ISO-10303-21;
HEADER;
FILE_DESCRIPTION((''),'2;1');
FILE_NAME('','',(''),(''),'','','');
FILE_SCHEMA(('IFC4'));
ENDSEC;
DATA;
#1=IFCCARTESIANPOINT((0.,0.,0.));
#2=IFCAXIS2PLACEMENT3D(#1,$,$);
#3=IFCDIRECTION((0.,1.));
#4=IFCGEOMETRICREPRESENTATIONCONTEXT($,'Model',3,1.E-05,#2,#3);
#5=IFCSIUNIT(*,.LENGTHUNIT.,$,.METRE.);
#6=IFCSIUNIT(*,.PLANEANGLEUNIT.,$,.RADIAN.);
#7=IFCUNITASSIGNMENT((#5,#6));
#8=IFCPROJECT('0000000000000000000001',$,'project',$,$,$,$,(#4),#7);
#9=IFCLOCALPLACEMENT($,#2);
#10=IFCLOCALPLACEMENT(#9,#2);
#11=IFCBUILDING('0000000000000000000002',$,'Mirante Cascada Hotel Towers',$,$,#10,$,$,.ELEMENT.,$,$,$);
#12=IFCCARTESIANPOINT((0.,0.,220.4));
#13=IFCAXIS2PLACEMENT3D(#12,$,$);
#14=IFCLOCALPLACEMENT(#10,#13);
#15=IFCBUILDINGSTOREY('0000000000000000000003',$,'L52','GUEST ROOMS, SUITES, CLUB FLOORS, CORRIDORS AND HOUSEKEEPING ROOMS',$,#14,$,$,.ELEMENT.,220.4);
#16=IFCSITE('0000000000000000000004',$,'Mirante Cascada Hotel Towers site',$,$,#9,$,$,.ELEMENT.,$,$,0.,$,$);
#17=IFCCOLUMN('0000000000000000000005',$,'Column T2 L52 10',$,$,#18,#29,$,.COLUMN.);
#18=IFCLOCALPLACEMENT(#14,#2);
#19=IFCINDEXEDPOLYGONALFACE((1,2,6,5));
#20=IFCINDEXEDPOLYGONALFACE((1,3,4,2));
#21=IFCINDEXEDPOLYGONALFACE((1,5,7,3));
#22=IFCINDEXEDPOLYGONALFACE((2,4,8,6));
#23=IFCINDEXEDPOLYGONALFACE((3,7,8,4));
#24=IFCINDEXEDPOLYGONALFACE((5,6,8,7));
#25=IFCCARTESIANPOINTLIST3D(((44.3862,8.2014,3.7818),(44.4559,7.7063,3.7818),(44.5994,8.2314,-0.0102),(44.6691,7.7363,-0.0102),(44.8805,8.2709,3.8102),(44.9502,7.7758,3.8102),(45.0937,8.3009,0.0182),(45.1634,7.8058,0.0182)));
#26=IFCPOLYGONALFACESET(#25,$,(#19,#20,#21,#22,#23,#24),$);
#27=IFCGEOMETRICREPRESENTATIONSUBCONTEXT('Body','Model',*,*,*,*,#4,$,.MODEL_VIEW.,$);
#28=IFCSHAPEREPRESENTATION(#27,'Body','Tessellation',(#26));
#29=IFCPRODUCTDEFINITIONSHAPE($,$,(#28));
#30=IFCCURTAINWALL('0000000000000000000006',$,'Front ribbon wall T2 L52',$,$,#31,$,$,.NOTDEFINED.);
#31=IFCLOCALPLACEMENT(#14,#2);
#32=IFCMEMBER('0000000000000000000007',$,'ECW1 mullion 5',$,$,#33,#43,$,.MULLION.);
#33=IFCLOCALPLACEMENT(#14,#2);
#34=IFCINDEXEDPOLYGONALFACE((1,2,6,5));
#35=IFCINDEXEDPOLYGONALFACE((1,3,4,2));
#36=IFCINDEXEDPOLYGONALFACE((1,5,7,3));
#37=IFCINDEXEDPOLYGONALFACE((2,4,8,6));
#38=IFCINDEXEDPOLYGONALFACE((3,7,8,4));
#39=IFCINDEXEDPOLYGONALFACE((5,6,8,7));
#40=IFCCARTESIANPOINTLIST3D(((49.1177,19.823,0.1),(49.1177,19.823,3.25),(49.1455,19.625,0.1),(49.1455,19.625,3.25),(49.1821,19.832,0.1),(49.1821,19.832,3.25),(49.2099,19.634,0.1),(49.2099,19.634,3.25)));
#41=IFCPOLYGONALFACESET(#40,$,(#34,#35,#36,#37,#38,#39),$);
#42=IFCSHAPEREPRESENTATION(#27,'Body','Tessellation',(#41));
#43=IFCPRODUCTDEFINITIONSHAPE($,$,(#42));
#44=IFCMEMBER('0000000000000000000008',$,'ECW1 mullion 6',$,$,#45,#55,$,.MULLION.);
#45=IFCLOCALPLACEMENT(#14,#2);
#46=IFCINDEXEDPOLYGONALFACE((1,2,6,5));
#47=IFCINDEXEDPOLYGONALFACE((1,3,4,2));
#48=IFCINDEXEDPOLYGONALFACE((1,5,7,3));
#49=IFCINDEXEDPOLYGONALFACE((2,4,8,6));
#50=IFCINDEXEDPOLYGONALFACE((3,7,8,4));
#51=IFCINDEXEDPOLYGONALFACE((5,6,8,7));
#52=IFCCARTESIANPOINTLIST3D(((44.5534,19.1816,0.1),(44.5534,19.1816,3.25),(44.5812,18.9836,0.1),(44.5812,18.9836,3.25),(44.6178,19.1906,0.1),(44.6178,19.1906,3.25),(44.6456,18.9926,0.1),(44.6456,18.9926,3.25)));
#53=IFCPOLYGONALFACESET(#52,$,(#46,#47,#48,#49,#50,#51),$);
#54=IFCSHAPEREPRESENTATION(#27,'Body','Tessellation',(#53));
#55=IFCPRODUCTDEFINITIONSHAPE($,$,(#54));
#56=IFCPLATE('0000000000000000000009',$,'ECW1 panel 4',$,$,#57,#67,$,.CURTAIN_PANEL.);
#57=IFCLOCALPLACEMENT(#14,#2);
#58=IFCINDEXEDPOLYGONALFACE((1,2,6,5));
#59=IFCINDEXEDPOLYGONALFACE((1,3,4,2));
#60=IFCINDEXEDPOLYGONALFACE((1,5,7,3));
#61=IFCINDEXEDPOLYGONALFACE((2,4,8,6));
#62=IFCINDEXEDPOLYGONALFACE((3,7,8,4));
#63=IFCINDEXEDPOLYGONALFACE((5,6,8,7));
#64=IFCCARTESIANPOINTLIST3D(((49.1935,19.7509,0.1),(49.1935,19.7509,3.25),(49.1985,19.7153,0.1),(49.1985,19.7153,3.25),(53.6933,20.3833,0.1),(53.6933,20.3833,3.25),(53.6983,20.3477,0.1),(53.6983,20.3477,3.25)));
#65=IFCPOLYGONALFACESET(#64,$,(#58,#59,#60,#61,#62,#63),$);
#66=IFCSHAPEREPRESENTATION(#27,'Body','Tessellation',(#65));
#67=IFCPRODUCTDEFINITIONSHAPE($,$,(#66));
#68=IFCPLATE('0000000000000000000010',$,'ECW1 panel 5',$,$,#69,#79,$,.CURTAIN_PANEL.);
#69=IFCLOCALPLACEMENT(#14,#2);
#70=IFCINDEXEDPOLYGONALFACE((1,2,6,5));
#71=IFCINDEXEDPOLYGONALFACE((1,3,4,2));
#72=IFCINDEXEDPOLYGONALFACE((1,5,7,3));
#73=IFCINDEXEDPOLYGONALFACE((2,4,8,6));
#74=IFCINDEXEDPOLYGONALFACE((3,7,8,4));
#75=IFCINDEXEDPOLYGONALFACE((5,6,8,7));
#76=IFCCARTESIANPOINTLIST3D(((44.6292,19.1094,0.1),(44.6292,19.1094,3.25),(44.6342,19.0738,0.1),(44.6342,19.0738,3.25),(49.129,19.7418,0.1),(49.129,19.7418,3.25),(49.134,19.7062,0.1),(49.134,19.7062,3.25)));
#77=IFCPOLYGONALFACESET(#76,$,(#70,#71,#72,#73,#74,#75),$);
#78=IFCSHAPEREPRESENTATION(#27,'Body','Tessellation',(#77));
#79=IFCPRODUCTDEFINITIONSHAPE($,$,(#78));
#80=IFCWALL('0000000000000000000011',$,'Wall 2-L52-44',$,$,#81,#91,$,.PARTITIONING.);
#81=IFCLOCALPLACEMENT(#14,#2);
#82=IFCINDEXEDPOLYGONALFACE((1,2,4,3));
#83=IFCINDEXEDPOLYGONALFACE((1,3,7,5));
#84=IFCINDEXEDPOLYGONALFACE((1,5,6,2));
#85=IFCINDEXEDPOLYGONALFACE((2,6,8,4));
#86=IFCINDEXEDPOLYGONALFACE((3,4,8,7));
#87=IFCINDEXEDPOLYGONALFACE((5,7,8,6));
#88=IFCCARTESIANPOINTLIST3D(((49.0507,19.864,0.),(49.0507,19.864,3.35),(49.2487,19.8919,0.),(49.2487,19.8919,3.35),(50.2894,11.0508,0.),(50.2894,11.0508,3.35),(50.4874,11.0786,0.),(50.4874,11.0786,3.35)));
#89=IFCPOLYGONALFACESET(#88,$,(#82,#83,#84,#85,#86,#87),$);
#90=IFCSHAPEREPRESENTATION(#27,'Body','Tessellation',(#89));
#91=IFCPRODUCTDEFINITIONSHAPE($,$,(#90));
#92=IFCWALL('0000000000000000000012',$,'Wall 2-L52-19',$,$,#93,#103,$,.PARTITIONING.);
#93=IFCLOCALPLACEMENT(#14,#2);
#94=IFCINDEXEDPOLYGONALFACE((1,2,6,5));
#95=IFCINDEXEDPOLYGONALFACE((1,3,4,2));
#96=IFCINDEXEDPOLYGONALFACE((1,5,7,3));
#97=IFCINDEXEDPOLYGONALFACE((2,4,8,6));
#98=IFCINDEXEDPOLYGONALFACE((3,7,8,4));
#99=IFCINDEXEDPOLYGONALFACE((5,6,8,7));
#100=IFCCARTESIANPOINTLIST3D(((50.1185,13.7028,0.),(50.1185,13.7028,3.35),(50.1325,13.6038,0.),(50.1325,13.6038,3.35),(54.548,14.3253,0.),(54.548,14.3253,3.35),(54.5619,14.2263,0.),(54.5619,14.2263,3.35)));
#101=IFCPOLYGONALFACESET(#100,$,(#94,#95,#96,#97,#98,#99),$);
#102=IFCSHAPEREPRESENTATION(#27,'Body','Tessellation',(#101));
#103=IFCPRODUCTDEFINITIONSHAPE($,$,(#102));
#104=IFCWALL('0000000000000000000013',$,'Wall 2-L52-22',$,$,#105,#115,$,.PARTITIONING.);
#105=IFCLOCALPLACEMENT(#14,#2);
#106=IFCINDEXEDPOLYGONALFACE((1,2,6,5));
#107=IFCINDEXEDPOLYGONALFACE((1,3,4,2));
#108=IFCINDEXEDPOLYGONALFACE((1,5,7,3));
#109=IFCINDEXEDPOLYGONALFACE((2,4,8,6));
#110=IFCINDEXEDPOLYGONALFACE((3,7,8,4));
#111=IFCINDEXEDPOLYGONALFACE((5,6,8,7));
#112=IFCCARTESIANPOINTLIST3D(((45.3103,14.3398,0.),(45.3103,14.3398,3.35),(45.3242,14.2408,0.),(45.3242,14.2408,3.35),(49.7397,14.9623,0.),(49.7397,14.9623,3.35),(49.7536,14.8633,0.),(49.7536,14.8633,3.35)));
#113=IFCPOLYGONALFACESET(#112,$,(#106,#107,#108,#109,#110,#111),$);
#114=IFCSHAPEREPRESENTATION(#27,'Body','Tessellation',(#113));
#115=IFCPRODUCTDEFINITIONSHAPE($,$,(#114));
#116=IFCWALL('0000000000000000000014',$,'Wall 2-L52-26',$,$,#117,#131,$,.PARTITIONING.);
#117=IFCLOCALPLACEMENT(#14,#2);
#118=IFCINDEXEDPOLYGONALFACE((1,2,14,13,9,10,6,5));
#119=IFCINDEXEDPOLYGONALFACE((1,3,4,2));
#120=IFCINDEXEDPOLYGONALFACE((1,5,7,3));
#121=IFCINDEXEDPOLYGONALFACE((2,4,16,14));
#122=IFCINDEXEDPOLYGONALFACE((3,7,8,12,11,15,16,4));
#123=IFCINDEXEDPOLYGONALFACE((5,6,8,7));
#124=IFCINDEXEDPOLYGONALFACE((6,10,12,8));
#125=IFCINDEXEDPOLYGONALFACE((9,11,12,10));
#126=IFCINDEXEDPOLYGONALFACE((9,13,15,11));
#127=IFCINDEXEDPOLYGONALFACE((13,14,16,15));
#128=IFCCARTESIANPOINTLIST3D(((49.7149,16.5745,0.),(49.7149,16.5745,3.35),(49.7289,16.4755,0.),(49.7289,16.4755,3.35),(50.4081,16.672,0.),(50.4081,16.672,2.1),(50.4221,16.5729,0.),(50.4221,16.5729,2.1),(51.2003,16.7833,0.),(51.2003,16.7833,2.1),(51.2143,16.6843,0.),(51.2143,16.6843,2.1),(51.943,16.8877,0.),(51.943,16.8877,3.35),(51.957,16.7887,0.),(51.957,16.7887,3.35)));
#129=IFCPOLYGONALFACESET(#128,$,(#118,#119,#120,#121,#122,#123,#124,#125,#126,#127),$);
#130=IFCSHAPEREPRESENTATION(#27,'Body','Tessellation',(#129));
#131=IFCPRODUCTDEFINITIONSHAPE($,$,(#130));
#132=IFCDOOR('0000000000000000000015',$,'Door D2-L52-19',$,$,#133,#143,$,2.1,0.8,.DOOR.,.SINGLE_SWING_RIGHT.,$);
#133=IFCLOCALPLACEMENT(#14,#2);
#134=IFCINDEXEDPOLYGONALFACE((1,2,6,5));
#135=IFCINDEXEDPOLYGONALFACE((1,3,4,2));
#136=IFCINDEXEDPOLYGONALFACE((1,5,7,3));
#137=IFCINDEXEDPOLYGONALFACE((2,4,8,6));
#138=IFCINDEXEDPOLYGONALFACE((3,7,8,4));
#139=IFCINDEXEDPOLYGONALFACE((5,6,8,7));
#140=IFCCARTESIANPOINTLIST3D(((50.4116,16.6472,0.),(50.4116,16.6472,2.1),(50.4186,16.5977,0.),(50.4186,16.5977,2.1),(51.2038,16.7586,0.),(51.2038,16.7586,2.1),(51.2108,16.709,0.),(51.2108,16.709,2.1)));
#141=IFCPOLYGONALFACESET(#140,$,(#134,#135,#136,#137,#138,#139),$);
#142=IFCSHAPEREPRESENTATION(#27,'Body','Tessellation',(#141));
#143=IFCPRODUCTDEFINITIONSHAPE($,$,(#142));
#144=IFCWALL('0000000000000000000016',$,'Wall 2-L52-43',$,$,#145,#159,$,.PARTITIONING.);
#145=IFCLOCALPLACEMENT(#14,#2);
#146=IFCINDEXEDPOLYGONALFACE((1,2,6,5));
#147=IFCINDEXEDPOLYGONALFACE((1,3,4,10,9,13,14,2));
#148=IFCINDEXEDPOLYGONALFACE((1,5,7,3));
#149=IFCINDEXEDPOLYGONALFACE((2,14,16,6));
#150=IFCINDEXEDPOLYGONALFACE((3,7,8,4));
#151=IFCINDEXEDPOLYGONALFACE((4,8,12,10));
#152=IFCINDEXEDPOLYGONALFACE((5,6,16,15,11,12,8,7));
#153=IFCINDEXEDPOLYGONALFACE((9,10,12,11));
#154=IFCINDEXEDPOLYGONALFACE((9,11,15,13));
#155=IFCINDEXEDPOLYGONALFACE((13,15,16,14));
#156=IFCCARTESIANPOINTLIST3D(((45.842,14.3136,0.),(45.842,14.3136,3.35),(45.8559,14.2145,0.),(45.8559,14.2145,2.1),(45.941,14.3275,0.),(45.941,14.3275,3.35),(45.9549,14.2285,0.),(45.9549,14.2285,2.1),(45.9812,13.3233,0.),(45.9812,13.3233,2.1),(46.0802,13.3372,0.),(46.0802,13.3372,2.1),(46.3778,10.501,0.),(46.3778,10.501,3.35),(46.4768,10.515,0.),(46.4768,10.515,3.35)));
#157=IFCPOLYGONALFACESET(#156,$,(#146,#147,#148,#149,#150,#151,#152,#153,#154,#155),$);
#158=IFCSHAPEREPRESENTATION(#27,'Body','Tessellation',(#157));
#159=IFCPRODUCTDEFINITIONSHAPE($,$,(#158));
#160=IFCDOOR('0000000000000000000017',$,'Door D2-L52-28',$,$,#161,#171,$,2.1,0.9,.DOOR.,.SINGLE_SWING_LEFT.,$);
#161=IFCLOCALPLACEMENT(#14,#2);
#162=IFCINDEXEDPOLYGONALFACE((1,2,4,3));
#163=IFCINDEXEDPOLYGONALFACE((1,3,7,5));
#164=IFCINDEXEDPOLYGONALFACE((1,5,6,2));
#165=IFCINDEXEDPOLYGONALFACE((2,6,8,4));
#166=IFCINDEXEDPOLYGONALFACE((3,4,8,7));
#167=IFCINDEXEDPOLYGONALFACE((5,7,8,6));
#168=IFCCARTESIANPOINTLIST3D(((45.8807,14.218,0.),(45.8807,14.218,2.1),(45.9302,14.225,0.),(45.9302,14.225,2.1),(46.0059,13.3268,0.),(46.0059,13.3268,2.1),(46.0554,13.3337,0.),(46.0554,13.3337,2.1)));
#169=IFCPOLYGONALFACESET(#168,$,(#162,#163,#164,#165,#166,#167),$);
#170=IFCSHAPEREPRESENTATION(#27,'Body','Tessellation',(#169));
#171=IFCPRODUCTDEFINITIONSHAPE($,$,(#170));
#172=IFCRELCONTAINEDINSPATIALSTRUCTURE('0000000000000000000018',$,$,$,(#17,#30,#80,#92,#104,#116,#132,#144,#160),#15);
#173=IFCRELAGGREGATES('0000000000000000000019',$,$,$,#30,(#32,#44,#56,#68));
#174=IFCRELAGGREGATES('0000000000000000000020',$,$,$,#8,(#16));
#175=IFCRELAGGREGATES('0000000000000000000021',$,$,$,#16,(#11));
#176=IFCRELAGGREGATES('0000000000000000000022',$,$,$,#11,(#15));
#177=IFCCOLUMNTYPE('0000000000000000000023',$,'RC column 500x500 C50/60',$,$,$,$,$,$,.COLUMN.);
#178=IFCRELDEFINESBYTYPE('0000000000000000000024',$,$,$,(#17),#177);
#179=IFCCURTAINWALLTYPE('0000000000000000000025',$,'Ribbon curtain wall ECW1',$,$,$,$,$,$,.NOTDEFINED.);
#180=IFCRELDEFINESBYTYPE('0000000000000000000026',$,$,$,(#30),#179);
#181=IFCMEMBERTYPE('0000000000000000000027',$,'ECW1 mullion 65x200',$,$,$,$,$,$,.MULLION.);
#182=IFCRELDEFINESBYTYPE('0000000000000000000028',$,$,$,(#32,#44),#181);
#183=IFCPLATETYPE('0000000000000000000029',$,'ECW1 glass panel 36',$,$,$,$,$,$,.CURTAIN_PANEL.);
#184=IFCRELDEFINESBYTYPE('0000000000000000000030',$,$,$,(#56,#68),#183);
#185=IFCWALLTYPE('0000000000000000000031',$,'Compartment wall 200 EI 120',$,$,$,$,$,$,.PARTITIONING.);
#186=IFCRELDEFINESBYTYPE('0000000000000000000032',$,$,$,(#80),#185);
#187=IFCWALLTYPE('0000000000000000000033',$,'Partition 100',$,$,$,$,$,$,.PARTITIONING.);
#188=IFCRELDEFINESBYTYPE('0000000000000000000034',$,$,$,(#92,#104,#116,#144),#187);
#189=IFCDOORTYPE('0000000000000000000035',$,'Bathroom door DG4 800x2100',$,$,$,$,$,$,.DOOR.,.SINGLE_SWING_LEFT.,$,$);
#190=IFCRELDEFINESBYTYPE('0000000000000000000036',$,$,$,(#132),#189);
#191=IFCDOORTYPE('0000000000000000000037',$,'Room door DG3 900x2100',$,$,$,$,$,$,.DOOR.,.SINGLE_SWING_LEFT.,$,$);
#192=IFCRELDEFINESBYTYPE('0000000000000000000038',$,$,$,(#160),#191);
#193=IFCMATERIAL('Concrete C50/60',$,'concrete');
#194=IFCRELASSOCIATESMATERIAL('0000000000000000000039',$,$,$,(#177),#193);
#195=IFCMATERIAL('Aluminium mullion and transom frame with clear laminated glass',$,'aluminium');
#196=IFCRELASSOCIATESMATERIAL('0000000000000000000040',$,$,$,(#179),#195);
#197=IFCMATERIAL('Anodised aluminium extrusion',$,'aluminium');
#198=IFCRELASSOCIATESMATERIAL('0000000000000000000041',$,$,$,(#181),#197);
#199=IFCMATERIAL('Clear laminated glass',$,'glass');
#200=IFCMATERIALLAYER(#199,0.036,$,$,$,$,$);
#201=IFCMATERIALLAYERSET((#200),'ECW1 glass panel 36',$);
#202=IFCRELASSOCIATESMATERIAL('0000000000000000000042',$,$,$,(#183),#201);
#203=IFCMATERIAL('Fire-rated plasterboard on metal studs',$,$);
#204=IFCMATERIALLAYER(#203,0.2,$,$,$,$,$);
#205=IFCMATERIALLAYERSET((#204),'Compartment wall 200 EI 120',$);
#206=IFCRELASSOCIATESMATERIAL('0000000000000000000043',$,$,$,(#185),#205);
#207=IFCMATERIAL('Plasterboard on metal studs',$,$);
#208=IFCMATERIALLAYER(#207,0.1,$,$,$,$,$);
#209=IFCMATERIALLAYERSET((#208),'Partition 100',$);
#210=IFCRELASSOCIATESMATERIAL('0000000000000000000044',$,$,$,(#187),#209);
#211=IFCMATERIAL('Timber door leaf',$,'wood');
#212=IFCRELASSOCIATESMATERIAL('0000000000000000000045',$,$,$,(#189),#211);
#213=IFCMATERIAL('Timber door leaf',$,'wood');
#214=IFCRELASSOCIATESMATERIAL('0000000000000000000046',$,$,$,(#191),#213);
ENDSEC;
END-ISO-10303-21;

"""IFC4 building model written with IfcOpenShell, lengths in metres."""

from ifc_helpers import new_model, si_unit, direction, frame, frame_2d, origin, origin_2d, place, context, subcontext, project, spatial, rectangle, extrude, material, layer, layer_set, material_profile, profile_set, type_object, element, fill, aggregate, save


model = new_model("IFC4")

# Units and contexts
model_context = context("Model", 3, precision=1e-05, world=origin(), true_north=direction((0.0, 1.0)))
body_context = subcontext(model_context, "Body", "Model", "MODEL_VIEW")
ifc_project = project(units=[si_unit("LENGTHUNIT", "METRE"), si_unit("PLANEANGLEUNIT", "RADIAN")], contexts=[model_context])

# Site, building, storey
site_placement = place(None, origin())
site = spatial("IfcSite", under=ifc_project, at=site_placement, Name="Mirante Cascada Hotel Towers site", CompositionType="ELEMENT", RefElevation=0.0)
building_placement = place(site_placement, origin())
building = spatial("IfcBuilding", under=site, at=building_placement, Name="Mirante Cascada Hotel Towers", CompositionType="ELEMENT")
storey_placement = place(building_placement, frame((0.0, 0.0, 220.4)))
storey = spatial("IfcBuildingStorey", under=building, at=storey_placement, Name="L52", Description="GUEST ROOMS, SUITES, CLUB FLOORS, CORRIDORS AND HOUSEKEEPING ROOMS", CompositionType="ELEMENT", Elevation=220.4)

# Column
ifc_material_1 = material(Name="Concrete C50/60", Category="concrete")
ifc_material_profile_1 = material_profile(ifc_material_1, rectangle(XDim=0.5, YDim=0.5, at=origin_2d()), Name="RC column 500x500 C50/60")
ifc_profile_set_1 = profile_set([ifc_material_profile_1], Name="Concrete C50/60")
column_type = type_object("IfcColumnType", Name="RC column 500x500 C50/60", PredefinedType="COLUMN", material=ifc_profile_set_1)
column_placement = place(storey_placement, frame((44.8814, 8.0186, 0.004), z_axis=(-0.056133, -0.007899, 0.998392), x_axis=(0.13934, -0.990245, 0.0)))
element("IfcColumn", 1, at=column_placement, inside=storey, type_object=column_type, Name="Column T2 L52 10", PredefinedType="COLUMN", context=body_context, shape_type="SweptSolid", body=[
    extrude(rectangle(XDim=0.5, YDim=0.5, at=origin_2d()), origin(), (0.0, 0.0, 1.0), 3.7981),
])

# Curtain wall, members, plates
ifc_material_2 = material(Name="Aluminium mullion and transom frame with clear laminated glass", Category="aluminium")
curtain_wall_type = type_object("IfcCurtainWallType", Name="Ribbon curtain wall ECW1", PredefinedType="NOTDEFINED", material=ifc_material_2)
curtain_wall_placement = place(storey_placement, origin())
curtain_wall = element("IfcCurtainWall", 2, at=curtain_wall_placement, inside=storey, type_object=curtain_wall_type, Name="Front ribbon wall T2 L52", PredefinedType="NOTDEFINED")
ifc_material_3 = material(Name="Anodised aluminium extrusion", Category="aluminium")
ifc_material_profile_2 = material_profile(ifc_material_3, rectangle(XDim=0.2, YDim=0.065, at=origin_2d()), Name="ECW1 MULLION 65x200")
ifc_profile_set_2 = profile_set([ifc_material_profile_2], Name="Anodised aluminium extrusion")
member_type = type_object("IfcMemberType", Name="ECW1 mullion 65x200", PredefinedType="MULLION", material=ifc_profile_set_2)
member_1_placement = place(storey_placement, frame((49.1638, 19.7285, 0.1), z_axis=(0.0, 0.0, 1.0), x_axis=(0.139173, -0.990268, 0.0)))
member_1 = element("IfcMember", 3, at=member_1_placement, type_object=member_type, Name="ECW1 mullion 5", PredefinedType="MULLION", context=body_context, shape_type="SweptSolid", body=[
    extrude(rectangle(XDim=0.2, YDim=0.065, at=origin_2d()), origin(), (0.0, 0.0, 1.0), 3.15),
])
member_2_placement = place(storey_placement, frame((44.5995, 19.0871, 0.1), z_axis=(0.0, 0.0, 1.0), x_axis=(0.139173, -0.990268, 0.0)))
member_2 = element("IfcMember", 4, at=member_2_placement, type_object=member_type, Name="ECW1 mullion 6", PredefinedType="MULLION", context=body_context, shape_type="SweptSolid", body=[
    extrude(rectangle(XDim=0.2, YDim=0.065, at=origin_2d()), origin(), (0.0, 0.0, 1.0), 3.15),
])
ifc_material_4 = material(Name="Clear laminated glass", Category="glass")
ifc_layer_1 = layer(ifc_material_4, 0.036)
ifc_layer_set_1 = layer_set([ifc_layer_1], Name="ECW1 glass panel 36")
plate_type = type_object("IfcPlateType", Name="ECW1 glass panel 36", PredefinedType="CURTAIN_PANEL", material=ifc_layer_set_1)
plate_1_placement = place(storey_placement, frame((51.4459, 20.0493, 0.1), z_axis=(0.0, 0.0, 1.0), x_axis=(-0.990268, -0.139173, 0.0)))
plate_1 = element("IfcPlate", 5, at=plate_1_placement, type_object=plate_type, Name="ECW1 panel 4", PredefinedType="CURTAIN_PANEL", context=body_context, shape_type="SweptSolid", body=[
    extrude(rectangle(XDim=4.5441, YDim=0.036, at=origin_2d()), origin(), (0.0, 0.0, 1.0), 3.15),
])
plate_2_placement = place(storey_placement, frame((46.8816, 19.4078, 0.1), z_axis=(0.0, 0.0, 1.0), x_axis=(-0.990268, -0.139173, 0.0)))
plate_2 = element("IfcPlate", 6, at=plate_2_placement, type_object=plate_type, Name="ECW1 panel 5", PredefinedType="CURTAIN_PANEL", context=body_context, shape_type="SweptSolid", body=[
    extrude(rectangle(XDim=4.5441, YDim=0.036, at=origin_2d()), origin(), (0.0, 0.0, 1.0), 3.15),
])
aggregate(curtain_wall, [member_1, member_2, plate_1, plate_2])

# Walls
ifc_material_5 = material(Name="Fire-rated plasterboard on metal studs")
ifc_layer_2 = layer(ifc_material_5, 0.2)
ifc_layer_set_2 = layer_set([ifc_layer_2], Name="Compartment wall 200 EI 120")
wall_type_1 = type_object("IfcWallType", Name="Compartment wall 200 EI 120", PredefinedType="PARTITIONING", material=ifc_layer_set_2)
wall_1_placement = place(storey_placement, frame((49.1497, 19.878, 0.0), z_axis=(0.0, 0.0, 1.0), x_axis=(0.139181, -0.990267, 0.0)))
element("IfcWall", 7, at=wall_1_placement, inside=storey, type_object=wall_type_1, Name="Wall 2-L52-44", PredefinedType="PARTITIONING", context=body_context, shape_type="SweptSolid", body=[
    extrude(rectangle(XDim=8.8999, YDim=0.2, at=frame_2d((4.45, 0.0))), origin(), (0.0, 0.0, 1.0), 3.35),
])
ifc_material_6 = material(Name="Plasterboard on metal studs")
ifc_layer_3 = layer(ifc_material_6, 0.1)
ifc_layer_set_3 = layer_set([ifc_layer_3], Name="Partition 100")
wall_type_2 = type_object("IfcWallType", Name="Partition 100", PredefinedType="PARTITIONING", material=ifc_layer_set_3)
wall_2_placement = place(storey_placement, frame((50.1255, 13.6533, 0.0), z_axis=(0.0, 0.0, 1.0), x_axis=(0.990269, 0.139167, 0.0)))
element("IfcWall", 8, at=wall_2_placement, inside=storey, type_object=wall_type_2, Name="Wall 2-L52-19", PredefinedType="PARTITIONING", context=body_context, shape_type="SweptSolid", body=[
    extrude(rectangle(XDim=4.473, YDim=0.1, at=frame_2d((2.2365, 0.0))), origin(), (0.0, 0.0, 1.0), 3.35),
])
wall_3_placement = place(storey_placement, frame((49.7466, 14.9128, 0.0), z_axis=(0.0, 0.0, 1.0), x_axis=(-0.990268, -0.139171, 0.0)))
element("IfcWall", 9, at=wall_3_placement, inside=storey, type_object=wall_type_2, Name="Wall 2-L52-22", PredefinedType="PARTITIONING", context=body_context, shape_type="SweptSolid", body=[
    extrude(rectangle(XDim=4.4729, YDim=0.1, at=frame_2d((2.2364, 0.0))), origin(), (0.0, 0.0, 1.0), 3.35),
])

# Walls, openings, doors
wall_4_placement = place(storey_placement, frame((51.95, 16.8382, 0.0), z_axis=(0.0, 0.0, 1.0), x_axis=(-0.990264, -0.1392, 0.0)))
wall_4 = element("IfcWall", 10, at=wall_4_placement, inside=storey, type_object=wall_type_2, Name="Wall 2-L52-26", PredefinedType="PARTITIONING", context=body_context, shape_type="SweptSolid", body=[
    extrude(rectangle(XDim=2.25, YDim=0.1, at=frame_2d((1.125, 0.0))), origin(), (0.0, 0.0, 1.0), 3.35),
])
opening_1_placement = place(wall_4_placement, frame((0.75, 0.0, 0.0)))
opening_1 = element("IfcOpeningElement", 11, at=opening_1_placement, cuts=wall_4, PredefinedType="OPENING", context=body_context, shape_type="SweptSolid", body=[
    extrude(rectangle(XDim=0.8, YDim=2.1, at=frame_2d((0.4, 1.05))), frame((0.0, 0.05, 0.0), z_axis=(0.0, -1.0, 0.0), x_axis=(1.0, 0.0, 0.0)), (0.0, 0.0, 1.0), 0.1),
])
ifc_material_7 = material(Name="Timber door leaf", Category="wood")
door_type_1 = type_object("IfcDoorType", Name="Bathroom door DG4 800x2100", OperationType="SINGLE_SWING_LEFT", PredefinedType="DOOR", material=ifc_material_7)
door_1_placement = place(opening_1_placement, frame((0.8, 0.0, 0.0), z_axis=(0.0, 0.0, 1.0), x_axis=(-1.0, 0.0, 0.0)))
door_1 = element("IfcDoor", 12, at=door_1_placement, inside=storey, type_object=door_type_1, Name="Door D2-L52-19", OperationType="SINGLE_SWING_RIGHT", OverallHeight=2.1, OverallWidth=0.8, PredefinedType="DOOR", context=body_context, shape_type="SweptSolid", body=[
    extrude(rectangle(XDim=0.8, YDim=2.1, at=frame_2d((0.4, 1.05))), frame((0.0, 0.025, 0.0), z_axis=(0.0, -1.0, 0.0), x_axis=(1.0, 0.0, 0.0)), (0.0, 0.0, 1.0), 0.05),
])
fill(opening_1, door_1)
wall_5_placement = place(storey_placement, frame((46.4273, 10.508, 0.0), z_axis=(0.0, 0.0, 1.0), x_axis=(-0.13917, 0.990268, 0.0)))
wall_5 = element("IfcWall", 13, at=wall_5_placement, inside=storey, type_object=wall_type_2, Name="Wall 2-L52-43", PredefinedType="PARTITIONING", context=body_context, shape_type="SweptSolid", body=[
    extrude(rectangle(XDim=3.85, YDim=0.1, at=frame_2d((1.925, 0.0))), origin(), (0.0, 0.0, 1.0), 3.35),
])
opening_2_placement = place(wall_5_placement, frame((2.85, 0.0, 0.0)))
opening_2 = element("IfcOpeningElement", 14, at=opening_2_placement, cuts=wall_5, PredefinedType="OPENING", context=body_context, shape_type="SweptSolid", body=[
    extrude(rectangle(XDim=0.9, YDim=2.1, at=frame_2d((0.45, 1.05))), frame((0.0, 0.05, 0.0), z_axis=(0.0, -1.0, 0.0), x_axis=(1.0, 0.0, 0.0)), (0.0, 0.0, 1.0), 0.1),
])
ifc_material_8 = material(Name="Timber door leaf", Category="wood")
door_type_2 = type_object("IfcDoorType", Name="Room door DG3 900x2100", OperationType="SINGLE_SWING_LEFT", PredefinedType="DOOR", material=ifc_material_8)
door_2_placement = place(opening_2_placement, origin())
door_2 = element("IfcDoor", 15, at=door_2_placement, inside=storey, type_object=door_type_2, Name="Door D2-L52-28", OperationType="SINGLE_SWING_LEFT", OverallHeight=2.1, OverallWidth=0.9, PredefinedType="DOOR", context=body_context, shape_type="SweptSolid", body=[
    extrude(rectangle(XDim=0.9, YDim=2.1, at=frame_2d((0.45, 1.05))), frame((0.0, 0.025, 0.0), z_axis=(0.0, -1.0, 0.0), x_axis=(1.0, 0.0, 0.0)), (0.0, 0.0, 1.0), 0.05),
])
fill(opening_2, door_2)

save(model, "model.ifc")
